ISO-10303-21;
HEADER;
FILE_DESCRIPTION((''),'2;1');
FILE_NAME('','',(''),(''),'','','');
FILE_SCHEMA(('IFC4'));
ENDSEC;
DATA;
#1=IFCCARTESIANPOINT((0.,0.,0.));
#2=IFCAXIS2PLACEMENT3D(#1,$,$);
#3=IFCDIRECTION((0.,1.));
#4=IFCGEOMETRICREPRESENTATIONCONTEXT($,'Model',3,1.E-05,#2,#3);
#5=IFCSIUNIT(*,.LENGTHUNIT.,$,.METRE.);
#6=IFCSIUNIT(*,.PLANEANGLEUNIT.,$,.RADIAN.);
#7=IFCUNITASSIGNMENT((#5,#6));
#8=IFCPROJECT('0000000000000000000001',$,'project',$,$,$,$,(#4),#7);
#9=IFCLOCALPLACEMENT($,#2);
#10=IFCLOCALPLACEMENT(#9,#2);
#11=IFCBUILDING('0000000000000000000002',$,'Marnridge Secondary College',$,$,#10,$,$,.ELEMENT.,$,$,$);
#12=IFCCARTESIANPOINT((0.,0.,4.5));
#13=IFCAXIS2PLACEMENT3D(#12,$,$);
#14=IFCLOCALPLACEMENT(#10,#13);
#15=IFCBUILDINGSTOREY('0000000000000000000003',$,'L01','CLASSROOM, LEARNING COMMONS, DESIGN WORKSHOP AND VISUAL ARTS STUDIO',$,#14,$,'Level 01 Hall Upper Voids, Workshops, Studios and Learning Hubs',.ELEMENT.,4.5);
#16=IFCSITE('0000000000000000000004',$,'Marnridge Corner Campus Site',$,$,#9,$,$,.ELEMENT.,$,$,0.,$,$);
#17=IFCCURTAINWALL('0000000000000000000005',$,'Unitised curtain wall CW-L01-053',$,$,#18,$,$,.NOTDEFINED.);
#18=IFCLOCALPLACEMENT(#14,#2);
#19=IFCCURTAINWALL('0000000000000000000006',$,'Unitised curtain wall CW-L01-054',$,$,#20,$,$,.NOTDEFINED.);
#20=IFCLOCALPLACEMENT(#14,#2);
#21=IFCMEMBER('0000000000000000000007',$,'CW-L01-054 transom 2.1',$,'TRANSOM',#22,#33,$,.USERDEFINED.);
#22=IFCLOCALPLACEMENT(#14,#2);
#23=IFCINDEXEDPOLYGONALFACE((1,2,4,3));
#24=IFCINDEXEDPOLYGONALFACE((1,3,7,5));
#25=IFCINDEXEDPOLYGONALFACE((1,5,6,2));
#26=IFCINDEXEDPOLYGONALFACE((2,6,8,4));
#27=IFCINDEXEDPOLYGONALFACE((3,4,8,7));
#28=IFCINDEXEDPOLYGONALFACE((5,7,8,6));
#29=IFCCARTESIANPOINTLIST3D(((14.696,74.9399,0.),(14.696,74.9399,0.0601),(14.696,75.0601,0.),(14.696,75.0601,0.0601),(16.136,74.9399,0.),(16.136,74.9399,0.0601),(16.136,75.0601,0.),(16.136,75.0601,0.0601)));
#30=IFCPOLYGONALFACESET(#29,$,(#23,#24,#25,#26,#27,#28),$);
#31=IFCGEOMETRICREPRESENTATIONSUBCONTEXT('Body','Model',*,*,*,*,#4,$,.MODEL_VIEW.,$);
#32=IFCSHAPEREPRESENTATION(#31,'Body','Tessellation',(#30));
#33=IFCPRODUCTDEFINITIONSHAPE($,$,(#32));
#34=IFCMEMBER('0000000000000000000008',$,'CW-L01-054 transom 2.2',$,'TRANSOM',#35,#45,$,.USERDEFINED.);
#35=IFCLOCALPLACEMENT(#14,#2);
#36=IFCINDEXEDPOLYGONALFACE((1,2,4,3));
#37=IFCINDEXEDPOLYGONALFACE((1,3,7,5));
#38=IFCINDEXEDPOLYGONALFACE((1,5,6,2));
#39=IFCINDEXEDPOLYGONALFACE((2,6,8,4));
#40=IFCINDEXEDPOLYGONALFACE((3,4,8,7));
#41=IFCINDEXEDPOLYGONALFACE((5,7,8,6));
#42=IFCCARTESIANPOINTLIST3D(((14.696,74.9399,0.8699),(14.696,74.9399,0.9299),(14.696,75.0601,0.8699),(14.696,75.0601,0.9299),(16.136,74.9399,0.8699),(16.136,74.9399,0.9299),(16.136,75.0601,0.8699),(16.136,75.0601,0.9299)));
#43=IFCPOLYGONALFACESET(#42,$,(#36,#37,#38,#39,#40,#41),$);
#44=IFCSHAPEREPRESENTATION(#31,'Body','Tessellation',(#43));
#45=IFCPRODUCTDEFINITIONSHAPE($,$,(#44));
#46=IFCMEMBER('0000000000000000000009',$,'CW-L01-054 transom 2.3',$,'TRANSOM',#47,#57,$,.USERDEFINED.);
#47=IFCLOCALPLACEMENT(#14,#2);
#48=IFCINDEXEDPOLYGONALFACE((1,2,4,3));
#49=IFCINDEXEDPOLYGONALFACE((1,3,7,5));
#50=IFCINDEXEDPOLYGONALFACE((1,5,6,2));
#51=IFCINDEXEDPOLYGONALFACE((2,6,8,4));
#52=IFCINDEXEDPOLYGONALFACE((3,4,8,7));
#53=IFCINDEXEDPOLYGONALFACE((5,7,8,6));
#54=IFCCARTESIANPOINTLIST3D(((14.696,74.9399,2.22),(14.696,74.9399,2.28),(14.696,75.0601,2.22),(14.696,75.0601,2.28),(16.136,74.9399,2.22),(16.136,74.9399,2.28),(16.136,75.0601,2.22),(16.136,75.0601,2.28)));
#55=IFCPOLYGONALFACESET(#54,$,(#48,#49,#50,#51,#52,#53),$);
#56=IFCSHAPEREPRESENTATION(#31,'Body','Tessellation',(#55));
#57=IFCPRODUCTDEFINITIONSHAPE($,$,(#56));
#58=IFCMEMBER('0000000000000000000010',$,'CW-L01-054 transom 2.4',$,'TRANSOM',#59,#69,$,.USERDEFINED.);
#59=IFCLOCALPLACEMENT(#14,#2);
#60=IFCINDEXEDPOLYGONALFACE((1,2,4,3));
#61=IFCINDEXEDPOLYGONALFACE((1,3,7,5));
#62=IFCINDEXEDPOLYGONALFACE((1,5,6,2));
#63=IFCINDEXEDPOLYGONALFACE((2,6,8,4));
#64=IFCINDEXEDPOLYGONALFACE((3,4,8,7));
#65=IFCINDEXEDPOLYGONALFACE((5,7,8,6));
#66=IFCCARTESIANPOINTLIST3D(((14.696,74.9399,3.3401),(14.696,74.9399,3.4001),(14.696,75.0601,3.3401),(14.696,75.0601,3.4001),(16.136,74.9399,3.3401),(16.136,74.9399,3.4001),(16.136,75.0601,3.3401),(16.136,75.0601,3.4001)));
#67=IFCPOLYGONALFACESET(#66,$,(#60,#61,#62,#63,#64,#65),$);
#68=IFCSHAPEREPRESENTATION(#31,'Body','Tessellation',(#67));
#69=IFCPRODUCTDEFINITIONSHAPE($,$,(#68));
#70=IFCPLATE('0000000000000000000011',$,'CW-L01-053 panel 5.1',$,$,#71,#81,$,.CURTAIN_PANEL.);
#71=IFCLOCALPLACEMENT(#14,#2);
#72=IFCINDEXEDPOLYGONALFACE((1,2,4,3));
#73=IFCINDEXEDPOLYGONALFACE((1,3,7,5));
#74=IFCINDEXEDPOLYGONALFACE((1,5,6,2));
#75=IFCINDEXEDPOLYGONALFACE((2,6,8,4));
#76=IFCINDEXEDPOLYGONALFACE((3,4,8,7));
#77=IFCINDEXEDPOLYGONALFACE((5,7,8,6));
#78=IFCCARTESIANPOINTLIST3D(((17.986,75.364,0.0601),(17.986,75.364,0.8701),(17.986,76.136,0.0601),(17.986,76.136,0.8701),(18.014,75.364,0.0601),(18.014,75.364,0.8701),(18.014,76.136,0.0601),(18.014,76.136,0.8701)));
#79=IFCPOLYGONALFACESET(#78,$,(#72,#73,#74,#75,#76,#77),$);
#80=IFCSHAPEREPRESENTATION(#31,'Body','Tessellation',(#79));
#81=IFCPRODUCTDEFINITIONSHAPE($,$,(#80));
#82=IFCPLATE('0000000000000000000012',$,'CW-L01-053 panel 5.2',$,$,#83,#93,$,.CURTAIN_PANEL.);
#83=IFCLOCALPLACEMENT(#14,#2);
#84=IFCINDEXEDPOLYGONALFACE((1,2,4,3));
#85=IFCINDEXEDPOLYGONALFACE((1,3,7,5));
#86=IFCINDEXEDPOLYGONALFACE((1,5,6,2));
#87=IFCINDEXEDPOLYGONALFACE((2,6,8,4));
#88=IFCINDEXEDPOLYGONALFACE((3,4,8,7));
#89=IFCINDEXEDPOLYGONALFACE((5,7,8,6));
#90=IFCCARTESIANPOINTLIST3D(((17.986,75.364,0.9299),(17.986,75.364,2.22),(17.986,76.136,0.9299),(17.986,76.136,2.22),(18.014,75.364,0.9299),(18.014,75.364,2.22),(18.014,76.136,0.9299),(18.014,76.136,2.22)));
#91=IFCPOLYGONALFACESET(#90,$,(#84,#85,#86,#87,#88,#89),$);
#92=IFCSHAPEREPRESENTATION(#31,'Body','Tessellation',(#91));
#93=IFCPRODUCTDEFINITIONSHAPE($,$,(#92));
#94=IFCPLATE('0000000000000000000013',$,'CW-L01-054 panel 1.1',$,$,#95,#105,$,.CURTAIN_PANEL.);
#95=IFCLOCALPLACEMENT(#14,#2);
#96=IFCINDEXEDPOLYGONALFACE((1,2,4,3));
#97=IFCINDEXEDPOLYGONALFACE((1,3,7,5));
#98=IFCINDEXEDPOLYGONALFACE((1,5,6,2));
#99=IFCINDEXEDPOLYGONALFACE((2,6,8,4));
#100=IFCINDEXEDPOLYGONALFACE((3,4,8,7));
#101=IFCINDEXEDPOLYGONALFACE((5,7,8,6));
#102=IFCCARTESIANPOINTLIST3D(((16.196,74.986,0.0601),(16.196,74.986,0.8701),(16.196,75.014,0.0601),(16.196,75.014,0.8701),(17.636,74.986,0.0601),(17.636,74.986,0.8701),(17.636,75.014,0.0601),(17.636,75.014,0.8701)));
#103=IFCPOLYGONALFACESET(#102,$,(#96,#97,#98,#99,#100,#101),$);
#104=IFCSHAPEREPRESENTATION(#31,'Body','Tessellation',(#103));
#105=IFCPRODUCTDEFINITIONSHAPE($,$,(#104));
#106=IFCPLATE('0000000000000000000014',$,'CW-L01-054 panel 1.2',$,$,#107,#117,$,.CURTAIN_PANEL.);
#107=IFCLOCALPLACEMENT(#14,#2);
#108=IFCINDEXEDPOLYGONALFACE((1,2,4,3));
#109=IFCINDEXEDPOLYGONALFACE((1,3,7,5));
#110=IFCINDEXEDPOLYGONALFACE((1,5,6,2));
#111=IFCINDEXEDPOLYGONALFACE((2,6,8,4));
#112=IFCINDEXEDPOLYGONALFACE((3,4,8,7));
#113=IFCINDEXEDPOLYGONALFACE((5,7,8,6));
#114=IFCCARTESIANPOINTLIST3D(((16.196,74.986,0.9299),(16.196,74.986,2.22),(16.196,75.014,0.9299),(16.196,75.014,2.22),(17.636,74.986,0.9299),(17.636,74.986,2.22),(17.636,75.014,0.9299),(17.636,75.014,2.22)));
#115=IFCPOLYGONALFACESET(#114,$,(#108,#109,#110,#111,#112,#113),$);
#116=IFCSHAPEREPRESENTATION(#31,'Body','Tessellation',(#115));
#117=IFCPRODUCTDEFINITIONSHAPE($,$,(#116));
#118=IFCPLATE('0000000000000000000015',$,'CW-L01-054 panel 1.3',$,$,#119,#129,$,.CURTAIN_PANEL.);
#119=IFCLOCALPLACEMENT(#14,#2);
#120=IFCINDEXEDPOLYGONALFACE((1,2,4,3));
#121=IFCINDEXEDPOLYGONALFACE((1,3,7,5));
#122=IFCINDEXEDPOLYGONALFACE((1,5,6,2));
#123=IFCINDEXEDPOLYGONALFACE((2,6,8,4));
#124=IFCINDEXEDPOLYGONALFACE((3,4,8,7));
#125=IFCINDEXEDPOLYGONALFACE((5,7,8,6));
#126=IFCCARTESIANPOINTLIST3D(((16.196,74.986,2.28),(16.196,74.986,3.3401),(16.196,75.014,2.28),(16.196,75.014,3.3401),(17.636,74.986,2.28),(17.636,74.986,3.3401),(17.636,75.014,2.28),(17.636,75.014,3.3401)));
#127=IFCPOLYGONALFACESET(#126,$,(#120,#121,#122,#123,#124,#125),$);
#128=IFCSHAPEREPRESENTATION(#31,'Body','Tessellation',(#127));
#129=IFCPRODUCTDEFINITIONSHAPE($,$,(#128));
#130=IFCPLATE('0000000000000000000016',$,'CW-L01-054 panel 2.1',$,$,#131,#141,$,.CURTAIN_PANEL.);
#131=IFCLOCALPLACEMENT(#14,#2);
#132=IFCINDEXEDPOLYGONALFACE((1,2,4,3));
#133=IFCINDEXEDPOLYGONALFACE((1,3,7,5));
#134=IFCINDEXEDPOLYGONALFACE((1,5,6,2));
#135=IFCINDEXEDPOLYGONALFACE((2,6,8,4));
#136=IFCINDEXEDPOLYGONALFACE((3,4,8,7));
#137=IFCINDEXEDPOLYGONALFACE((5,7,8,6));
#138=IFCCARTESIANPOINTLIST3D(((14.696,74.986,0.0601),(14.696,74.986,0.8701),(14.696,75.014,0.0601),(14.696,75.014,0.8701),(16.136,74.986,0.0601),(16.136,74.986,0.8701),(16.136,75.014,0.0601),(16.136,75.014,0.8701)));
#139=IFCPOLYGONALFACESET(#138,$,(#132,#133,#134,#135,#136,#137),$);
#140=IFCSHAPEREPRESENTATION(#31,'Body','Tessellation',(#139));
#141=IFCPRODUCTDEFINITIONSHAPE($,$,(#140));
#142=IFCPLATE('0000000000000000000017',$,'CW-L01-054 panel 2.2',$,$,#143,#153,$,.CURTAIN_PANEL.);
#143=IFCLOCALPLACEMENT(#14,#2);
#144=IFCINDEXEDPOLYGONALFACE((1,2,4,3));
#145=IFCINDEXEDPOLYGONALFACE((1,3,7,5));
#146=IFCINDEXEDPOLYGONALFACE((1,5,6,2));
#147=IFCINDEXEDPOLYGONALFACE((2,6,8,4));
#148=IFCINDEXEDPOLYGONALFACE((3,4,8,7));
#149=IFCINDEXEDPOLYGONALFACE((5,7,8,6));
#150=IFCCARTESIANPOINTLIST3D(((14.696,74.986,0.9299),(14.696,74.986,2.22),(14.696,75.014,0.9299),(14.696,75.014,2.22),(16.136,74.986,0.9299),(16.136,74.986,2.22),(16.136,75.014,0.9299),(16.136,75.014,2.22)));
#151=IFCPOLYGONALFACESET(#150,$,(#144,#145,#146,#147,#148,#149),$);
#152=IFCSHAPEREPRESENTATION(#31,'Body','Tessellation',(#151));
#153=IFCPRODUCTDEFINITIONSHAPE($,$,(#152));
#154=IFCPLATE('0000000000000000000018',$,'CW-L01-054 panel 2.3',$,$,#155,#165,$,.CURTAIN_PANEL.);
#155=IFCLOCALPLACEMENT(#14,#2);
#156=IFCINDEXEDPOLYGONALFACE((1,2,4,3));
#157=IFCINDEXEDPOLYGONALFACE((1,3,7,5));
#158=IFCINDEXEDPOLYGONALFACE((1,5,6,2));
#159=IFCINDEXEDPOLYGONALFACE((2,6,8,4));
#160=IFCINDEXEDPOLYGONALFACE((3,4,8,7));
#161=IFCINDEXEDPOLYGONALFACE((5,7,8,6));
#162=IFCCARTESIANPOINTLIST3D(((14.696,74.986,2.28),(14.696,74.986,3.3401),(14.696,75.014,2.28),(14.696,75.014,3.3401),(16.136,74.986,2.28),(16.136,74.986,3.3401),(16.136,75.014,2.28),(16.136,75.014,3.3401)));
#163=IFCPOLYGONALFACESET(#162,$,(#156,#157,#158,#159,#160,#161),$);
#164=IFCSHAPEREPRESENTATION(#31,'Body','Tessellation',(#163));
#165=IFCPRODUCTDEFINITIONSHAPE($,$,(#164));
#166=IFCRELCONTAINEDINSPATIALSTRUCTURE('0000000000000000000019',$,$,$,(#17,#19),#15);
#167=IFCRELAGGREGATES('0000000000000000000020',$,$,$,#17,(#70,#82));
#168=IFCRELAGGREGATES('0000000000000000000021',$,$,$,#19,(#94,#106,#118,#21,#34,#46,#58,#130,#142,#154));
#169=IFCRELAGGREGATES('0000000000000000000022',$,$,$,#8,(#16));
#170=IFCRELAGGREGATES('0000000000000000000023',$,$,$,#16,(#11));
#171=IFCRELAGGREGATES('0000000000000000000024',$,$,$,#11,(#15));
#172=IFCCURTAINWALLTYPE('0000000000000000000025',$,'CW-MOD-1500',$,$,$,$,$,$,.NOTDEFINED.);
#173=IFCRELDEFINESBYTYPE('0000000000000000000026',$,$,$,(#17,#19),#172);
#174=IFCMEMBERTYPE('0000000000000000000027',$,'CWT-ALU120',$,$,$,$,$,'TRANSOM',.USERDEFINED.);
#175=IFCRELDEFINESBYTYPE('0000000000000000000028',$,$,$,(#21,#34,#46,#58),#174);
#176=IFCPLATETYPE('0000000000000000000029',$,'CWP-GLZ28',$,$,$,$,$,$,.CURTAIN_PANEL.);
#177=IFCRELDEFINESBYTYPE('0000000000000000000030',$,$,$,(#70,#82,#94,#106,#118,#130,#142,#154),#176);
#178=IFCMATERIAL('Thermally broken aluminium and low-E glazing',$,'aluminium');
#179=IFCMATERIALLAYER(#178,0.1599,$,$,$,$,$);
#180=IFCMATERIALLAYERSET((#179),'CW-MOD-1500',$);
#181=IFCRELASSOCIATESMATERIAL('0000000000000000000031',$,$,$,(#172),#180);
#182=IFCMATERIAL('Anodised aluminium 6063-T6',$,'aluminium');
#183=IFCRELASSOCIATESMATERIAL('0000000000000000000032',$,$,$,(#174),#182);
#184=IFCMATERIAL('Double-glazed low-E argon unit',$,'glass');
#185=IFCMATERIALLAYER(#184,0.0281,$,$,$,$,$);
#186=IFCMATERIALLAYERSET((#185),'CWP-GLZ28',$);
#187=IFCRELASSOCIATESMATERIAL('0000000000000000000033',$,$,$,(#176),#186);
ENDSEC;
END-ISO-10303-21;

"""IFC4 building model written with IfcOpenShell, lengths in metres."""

from ifc_helpers import new_model, si_unit, direction, frame, origin, origin_2d, place, context, subcontext, project, spatial, rectangle, extrude, material, layer, layer_set, material_profile, profile_set, type_object, element, aggregate, save


model = new_model("IFC4")

# Units and contexts
model_context = context("Model", 3, precision=1e-05, world=origin(), true_north=direction((0.0, 1.0)))
body_context = subcontext(model_context, "Body", "Model", "MODEL_VIEW")
ifc_project = project(units=[si_unit("LENGTHUNIT", "METRE"), si_unit("PLANEANGLEUNIT", "RADIAN")], contexts=[model_context])

# Site, building, storey
site_placement = place(None, origin())
site = spatial("IfcSite", under=ifc_project, at=site_placement, Name="Marnridge Corner Campus Site", CompositionType="ELEMENT", RefElevation=0.0)
building_placement = place(site_placement, origin())
building = spatial("IfcBuilding", under=site, at=building_placement, Name="Marnridge Secondary College", CompositionType="ELEMENT")
storey_placement = place(building_placement, frame((0.0, 0.0, 4.5)))
storey = spatial("IfcBuildingStorey", under=building, at=storey_placement, Name="L01", Description="CLASSROOM, LEARNING COMMONS, DESIGN WORKSHOP AND VISUAL ARTS STUDIO", LongName="Level 01 Hall Upper Voids, Workshops, Studios and Learning Hubs", CompositionType="ELEMENT", Elevation=4.5)

# Curtain wall
ifc_material_1 = material(Name="Thermally broken aluminium and low-E glazing", Category="aluminium")
ifc_layer_1 = layer(ifc_material_1, 0.1599)
ifc_layer_set_1 = layer_set([ifc_layer_1], Name="CW-MOD-1500")
curtain_wall_type = type_object("IfcCurtainWallType", Name="CW-MOD-1500", PredefinedType="NOTDEFINED", material=ifc_layer_set_1)
curtain_wall_1_placement = place(storey_placement, origin())
curtain_wall_1 = element("IfcCurtainWall", 1, at=curtain_wall_1_placement, inside=storey, type_object=curtain_wall_type, Name="Unitised curtain wall CW-L01-053", PredefinedType="NOTDEFINED")

# Curtain wall, members
curtain_wall_2_placement = place(storey_placement, origin())
curtain_wall_2 = element("IfcCurtainWall", 2, at=curtain_wall_2_placement, inside=storey, type_object=curtain_wall_type, Name="Unitised curtain wall CW-L01-054", PredefinedType="NOTDEFINED")
ifc_material_2 = material(Name="Anodised aluminium 6063-T6", Category="aluminium")
ifc_material_profile_1 = material_profile(ifc_material_2, rectangle(XDim=0.0601, YDim=0.1201, at=origin_2d()), Name="ALU 60x120")
ifc_profile_set_1 = profile_set([ifc_material_profile_1], Name="Anodised aluminium 6063-T6")
member_type_1 = type_object("IfcMemberType", Name="CWT-ALU120", ElementType="TRANSOM", PredefinedType="USERDEFINED", material=ifc_profile_set_1)
member_1_placement = place(storey_placement, frame((16.136, 75.0, 0.03), z_axis=(-1.0, 0.0, 0.0), x_axis=(0.0, 0.0, 1.0)))
member_1 = element("IfcMember", 3, at=member_1_placement, type_object=member_type_1, Name="CW-L01-054 transom 2.1", ObjectType="TRANSOM", PredefinedType="USERDEFINED", context=body_context, shape_type="SweptSolid", body=[
    extrude(rectangle(XDim=0.0601, YDim=0.1201, at=origin_2d()), origin(), (0.0, 0.0, 1.0), 1.4399),
])
member_2_placement = place(storey_placement, frame((16.136, 75.0, 0.8999), z_axis=(-1.0, 0.0, 0.0), x_axis=(0.0, 0.0, 1.0)))
member_2 = element("IfcMember", 4, at=member_2_placement, type_object=member_type_1, Name="CW-L01-054 transom 2.2", ObjectType="TRANSOM", PredefinedType="USERDEFINED", context=body_context, shape_type="SweptSolid", body=[
    extrude(rectangle(XDim=0.0601, YDim=0.1201, at=origin_2d()), origin(), (0.0, 0.0, 1.0), 1.4399),
])
member_3_placement = place(storey_placement, frame((16.136, 75.0, 2.25), z_axis=(-1.0, 0.0, 0.0), x_axis=(0.0, 0.0, 1.0)))
member_3 = element("IfcMember", 5, at=member_3_placement, type_object=member_type_1, Name="CW-L01-054 transom 2.3", ObjectType="TRANSOM", PredefinedType="USERDEFINED", context=body_context, shape_type="SweptSolid", body=[
    extrude(rectangle(XDim=0.0601, YDim=0.1201, at=origin_2d()), origin(), (0.0, 0.0, 1.0), 1.4399),
])
member_4_placement = place(storey_placement, frame((16.136, 75.0, 3.3701), z_axis=(-1.0, 0.0, 0.0), x_axis=(0.0, 0.0, 1.0)))
member_4 = element("IfcMember", 6, at=member_4_placement, type_object=member_type_1, Name="CW-L01-054 transom 2.4", ObjectType="TRANSOM", PredefinedType="USERDEFINED", context=body_context, shape_type="SweptSolid", body=[
    extrude(rectangle(XDim=0.0601, YDim=0.1201, at=origin_2d()), origin(), (0.0, 0.0, 1.0), 1.4399),
])

# Plates
ifc_material_3 = material(Name="Double-glazed low-E argon unit", Category="glass")
ifc_layer_2 = layer(ifc_material_3, 0.0281)
ifc_layer_set_2 = layer_set([ifc_layer_2], Name="CWP-GLZ28")
plate_type = type_object("IfcPlateType", Name="CWP-GLZ28", PredefinedType="CURTAIN_PANEL", material=ifc_layer_set_2)
plate_1_placement = place(storey_placement, frame((18.0, 75.75, 0.0601), z_axis=(0.0, 0.0, 1.0), x_axis=(0.0, -1.0, 0.0)))
plate_1 = element("IfcPlate", 7, at=plate_1_placement, type_object=plate_type, Name="CW-L01-053 panel 5.1", PredefinedType="CURTAIN_PANEL", context=body_context, shape_type="SweptSolid", body=[
    extrude(rectangle(XDim=0.772, YDim=0.0281, at=origin_2d()), origin(), (0.0, 0.0, 1.0), 0.8101),
])
plate_2_placement = place(storey_placement, frame((18.0, 75.75, 0.9299), z_axis=(0.0, 0.0, 1.0), x_axis=(0.0, -1.0, 0.0)))
plate_2 = element("IfcPlate", 8, at=plate_2_placement, type_object=plate_type, Name="CW-L01-053 panel 5.2", PredefinedType="CURTAIN_PANEL", context=body_context, shape_type="SweptSolid", body=[
    extrude(rectangle(XDim=0.772, YDim=0.0281, at=origin_2d()), origin(), (0.0, 0.0, 1.0), 1.29),
])
aggregate(curtain_wall_1, [plate_1, plate_2])
plate_3_placement = place(storey_placement, frame((16.916, 75.0, 0.0601), z_axis=(0.0, 0.0, 1.0), x_axis=(-1.0, 0.0, 0.0)))
plate_3 = element("IfcPlate", 9, at=plate_3_placement, type_object=plate_type, Name="CW-L01-054 panel 1.1", PredefinedType="CURTAIN_PANEL", context=body_context, shape_type="SweptSolid", body=[
    extrude(rectangle(XDim=1.4399, YDim=0.0281, at=origin_2d()), origin(), (0.0, 0.0, 1.0), 0.8101),
])
plate_4_placement = place(storey_placement, frame((16.916, 75.0, 0.9299), z_axis=(0.0, 0.0, 1.0), x_axis=(-1.0, 0.0, 0.0)))
plate_4 = element("IfcPlate", 10, at=plate_4_placement, type_object=plate_type, Name="CW-L01-054 panel 1.2", PredefinedType="CURTAIN_PANEL", context=body_context, shape_type="SweptSolid", body=[
    extrude(rectangle(XDim=1.4399, YDim=0.0281, at=origin_2d()), origin(), (0.0, 0.0, 1.0), 1.29),
])
plate_5_placement = place(storey_placement, frame((16.916, 75.0, 2.28), z_axis=(0.0, 0.0, 1.0), x_axis=(-1.0, 0.0, 0.0)))
plate_5 = element("IfcPlate", 11, at=plate_5_placement, type_object=plate_type, Name="CW-L01-054 panel 1.3", PredefinedType="CURTAIN_PANEL", context=body_context, shape_type="SweptSolid", body=[
    extrude(rectangle(XDim=1.4399, YDim=0.0281, at=origin_2d()), origin(), (0.0, 0.0, 1.0), 1.0601),
])
plate_6_placement = place(storey_placement, frame((15.416, 75.0, 0.0601), z_axis=(0.0, 0.0, 1.0), x_axis=(-1.0, 0.0, 0.0)))
plate_6 = element("IfcPlate", 12, at=plate_6_placement, type_object=plate_type, Name="CW-L01-054 panel 2.1", PredefinedType="CURTAIN_PANEL", context=body_context, shape_type="SweptSolid", body=[
    extrude(rectangle(XDim=1.4399, YDim=0.0281, at=origin_2d()), origin(), (0.0, 0.0, 1.0), 0.8101),
])
plate_7_placement = place(storey_placement, frame((15.416, 75.0, 0.9299), z_axis=(0.0, 0.0, 1.0), x_axis=(-1.0, 0.0, 0.0)))
plate_7 = element("IfcPlate", 13, at=plate_7_placement, type_object=plate_type, Name="CW-L01-054 panel 2.2", PredefinedType="CURTAIN_PANEL", context=body_context, shape_type="SweptSolid", body=[
    extrude(rectangle(XDim=1.4399, YDim=0.0281, at=origin_2d()), origin(), (0.0, 0.0, 1.0), 1.29),
])
plate_8_placement = place(storey_placement, frame((15.416, 75.0, 2.28), z_axis=(0.0, 0.0, 1.0), x_axis=(-1.0, 0.0, 0.0)))
plate_8 = element("IfcPlate", 14, at=plate_8_placement, type_object=plate_type, Name="CW-L01-054 panel 2.3", PredefinedType="CURTAIN_PANEL", context=body_context, shape_type="SweptSolid", body=[
    extrude(rectangle(XDim=1.4399, YDim=0.0281, at=origin_2d()), origin(), (0.0, 0.0, 1.0), 1.0601),
])
aggregate(curtain_wall_2, [plate_3, plate_4, plate_5, member_1, member_2, member_3, member_4, plate_6, plate_7, plate_8])

save(model, "model.ifc")
